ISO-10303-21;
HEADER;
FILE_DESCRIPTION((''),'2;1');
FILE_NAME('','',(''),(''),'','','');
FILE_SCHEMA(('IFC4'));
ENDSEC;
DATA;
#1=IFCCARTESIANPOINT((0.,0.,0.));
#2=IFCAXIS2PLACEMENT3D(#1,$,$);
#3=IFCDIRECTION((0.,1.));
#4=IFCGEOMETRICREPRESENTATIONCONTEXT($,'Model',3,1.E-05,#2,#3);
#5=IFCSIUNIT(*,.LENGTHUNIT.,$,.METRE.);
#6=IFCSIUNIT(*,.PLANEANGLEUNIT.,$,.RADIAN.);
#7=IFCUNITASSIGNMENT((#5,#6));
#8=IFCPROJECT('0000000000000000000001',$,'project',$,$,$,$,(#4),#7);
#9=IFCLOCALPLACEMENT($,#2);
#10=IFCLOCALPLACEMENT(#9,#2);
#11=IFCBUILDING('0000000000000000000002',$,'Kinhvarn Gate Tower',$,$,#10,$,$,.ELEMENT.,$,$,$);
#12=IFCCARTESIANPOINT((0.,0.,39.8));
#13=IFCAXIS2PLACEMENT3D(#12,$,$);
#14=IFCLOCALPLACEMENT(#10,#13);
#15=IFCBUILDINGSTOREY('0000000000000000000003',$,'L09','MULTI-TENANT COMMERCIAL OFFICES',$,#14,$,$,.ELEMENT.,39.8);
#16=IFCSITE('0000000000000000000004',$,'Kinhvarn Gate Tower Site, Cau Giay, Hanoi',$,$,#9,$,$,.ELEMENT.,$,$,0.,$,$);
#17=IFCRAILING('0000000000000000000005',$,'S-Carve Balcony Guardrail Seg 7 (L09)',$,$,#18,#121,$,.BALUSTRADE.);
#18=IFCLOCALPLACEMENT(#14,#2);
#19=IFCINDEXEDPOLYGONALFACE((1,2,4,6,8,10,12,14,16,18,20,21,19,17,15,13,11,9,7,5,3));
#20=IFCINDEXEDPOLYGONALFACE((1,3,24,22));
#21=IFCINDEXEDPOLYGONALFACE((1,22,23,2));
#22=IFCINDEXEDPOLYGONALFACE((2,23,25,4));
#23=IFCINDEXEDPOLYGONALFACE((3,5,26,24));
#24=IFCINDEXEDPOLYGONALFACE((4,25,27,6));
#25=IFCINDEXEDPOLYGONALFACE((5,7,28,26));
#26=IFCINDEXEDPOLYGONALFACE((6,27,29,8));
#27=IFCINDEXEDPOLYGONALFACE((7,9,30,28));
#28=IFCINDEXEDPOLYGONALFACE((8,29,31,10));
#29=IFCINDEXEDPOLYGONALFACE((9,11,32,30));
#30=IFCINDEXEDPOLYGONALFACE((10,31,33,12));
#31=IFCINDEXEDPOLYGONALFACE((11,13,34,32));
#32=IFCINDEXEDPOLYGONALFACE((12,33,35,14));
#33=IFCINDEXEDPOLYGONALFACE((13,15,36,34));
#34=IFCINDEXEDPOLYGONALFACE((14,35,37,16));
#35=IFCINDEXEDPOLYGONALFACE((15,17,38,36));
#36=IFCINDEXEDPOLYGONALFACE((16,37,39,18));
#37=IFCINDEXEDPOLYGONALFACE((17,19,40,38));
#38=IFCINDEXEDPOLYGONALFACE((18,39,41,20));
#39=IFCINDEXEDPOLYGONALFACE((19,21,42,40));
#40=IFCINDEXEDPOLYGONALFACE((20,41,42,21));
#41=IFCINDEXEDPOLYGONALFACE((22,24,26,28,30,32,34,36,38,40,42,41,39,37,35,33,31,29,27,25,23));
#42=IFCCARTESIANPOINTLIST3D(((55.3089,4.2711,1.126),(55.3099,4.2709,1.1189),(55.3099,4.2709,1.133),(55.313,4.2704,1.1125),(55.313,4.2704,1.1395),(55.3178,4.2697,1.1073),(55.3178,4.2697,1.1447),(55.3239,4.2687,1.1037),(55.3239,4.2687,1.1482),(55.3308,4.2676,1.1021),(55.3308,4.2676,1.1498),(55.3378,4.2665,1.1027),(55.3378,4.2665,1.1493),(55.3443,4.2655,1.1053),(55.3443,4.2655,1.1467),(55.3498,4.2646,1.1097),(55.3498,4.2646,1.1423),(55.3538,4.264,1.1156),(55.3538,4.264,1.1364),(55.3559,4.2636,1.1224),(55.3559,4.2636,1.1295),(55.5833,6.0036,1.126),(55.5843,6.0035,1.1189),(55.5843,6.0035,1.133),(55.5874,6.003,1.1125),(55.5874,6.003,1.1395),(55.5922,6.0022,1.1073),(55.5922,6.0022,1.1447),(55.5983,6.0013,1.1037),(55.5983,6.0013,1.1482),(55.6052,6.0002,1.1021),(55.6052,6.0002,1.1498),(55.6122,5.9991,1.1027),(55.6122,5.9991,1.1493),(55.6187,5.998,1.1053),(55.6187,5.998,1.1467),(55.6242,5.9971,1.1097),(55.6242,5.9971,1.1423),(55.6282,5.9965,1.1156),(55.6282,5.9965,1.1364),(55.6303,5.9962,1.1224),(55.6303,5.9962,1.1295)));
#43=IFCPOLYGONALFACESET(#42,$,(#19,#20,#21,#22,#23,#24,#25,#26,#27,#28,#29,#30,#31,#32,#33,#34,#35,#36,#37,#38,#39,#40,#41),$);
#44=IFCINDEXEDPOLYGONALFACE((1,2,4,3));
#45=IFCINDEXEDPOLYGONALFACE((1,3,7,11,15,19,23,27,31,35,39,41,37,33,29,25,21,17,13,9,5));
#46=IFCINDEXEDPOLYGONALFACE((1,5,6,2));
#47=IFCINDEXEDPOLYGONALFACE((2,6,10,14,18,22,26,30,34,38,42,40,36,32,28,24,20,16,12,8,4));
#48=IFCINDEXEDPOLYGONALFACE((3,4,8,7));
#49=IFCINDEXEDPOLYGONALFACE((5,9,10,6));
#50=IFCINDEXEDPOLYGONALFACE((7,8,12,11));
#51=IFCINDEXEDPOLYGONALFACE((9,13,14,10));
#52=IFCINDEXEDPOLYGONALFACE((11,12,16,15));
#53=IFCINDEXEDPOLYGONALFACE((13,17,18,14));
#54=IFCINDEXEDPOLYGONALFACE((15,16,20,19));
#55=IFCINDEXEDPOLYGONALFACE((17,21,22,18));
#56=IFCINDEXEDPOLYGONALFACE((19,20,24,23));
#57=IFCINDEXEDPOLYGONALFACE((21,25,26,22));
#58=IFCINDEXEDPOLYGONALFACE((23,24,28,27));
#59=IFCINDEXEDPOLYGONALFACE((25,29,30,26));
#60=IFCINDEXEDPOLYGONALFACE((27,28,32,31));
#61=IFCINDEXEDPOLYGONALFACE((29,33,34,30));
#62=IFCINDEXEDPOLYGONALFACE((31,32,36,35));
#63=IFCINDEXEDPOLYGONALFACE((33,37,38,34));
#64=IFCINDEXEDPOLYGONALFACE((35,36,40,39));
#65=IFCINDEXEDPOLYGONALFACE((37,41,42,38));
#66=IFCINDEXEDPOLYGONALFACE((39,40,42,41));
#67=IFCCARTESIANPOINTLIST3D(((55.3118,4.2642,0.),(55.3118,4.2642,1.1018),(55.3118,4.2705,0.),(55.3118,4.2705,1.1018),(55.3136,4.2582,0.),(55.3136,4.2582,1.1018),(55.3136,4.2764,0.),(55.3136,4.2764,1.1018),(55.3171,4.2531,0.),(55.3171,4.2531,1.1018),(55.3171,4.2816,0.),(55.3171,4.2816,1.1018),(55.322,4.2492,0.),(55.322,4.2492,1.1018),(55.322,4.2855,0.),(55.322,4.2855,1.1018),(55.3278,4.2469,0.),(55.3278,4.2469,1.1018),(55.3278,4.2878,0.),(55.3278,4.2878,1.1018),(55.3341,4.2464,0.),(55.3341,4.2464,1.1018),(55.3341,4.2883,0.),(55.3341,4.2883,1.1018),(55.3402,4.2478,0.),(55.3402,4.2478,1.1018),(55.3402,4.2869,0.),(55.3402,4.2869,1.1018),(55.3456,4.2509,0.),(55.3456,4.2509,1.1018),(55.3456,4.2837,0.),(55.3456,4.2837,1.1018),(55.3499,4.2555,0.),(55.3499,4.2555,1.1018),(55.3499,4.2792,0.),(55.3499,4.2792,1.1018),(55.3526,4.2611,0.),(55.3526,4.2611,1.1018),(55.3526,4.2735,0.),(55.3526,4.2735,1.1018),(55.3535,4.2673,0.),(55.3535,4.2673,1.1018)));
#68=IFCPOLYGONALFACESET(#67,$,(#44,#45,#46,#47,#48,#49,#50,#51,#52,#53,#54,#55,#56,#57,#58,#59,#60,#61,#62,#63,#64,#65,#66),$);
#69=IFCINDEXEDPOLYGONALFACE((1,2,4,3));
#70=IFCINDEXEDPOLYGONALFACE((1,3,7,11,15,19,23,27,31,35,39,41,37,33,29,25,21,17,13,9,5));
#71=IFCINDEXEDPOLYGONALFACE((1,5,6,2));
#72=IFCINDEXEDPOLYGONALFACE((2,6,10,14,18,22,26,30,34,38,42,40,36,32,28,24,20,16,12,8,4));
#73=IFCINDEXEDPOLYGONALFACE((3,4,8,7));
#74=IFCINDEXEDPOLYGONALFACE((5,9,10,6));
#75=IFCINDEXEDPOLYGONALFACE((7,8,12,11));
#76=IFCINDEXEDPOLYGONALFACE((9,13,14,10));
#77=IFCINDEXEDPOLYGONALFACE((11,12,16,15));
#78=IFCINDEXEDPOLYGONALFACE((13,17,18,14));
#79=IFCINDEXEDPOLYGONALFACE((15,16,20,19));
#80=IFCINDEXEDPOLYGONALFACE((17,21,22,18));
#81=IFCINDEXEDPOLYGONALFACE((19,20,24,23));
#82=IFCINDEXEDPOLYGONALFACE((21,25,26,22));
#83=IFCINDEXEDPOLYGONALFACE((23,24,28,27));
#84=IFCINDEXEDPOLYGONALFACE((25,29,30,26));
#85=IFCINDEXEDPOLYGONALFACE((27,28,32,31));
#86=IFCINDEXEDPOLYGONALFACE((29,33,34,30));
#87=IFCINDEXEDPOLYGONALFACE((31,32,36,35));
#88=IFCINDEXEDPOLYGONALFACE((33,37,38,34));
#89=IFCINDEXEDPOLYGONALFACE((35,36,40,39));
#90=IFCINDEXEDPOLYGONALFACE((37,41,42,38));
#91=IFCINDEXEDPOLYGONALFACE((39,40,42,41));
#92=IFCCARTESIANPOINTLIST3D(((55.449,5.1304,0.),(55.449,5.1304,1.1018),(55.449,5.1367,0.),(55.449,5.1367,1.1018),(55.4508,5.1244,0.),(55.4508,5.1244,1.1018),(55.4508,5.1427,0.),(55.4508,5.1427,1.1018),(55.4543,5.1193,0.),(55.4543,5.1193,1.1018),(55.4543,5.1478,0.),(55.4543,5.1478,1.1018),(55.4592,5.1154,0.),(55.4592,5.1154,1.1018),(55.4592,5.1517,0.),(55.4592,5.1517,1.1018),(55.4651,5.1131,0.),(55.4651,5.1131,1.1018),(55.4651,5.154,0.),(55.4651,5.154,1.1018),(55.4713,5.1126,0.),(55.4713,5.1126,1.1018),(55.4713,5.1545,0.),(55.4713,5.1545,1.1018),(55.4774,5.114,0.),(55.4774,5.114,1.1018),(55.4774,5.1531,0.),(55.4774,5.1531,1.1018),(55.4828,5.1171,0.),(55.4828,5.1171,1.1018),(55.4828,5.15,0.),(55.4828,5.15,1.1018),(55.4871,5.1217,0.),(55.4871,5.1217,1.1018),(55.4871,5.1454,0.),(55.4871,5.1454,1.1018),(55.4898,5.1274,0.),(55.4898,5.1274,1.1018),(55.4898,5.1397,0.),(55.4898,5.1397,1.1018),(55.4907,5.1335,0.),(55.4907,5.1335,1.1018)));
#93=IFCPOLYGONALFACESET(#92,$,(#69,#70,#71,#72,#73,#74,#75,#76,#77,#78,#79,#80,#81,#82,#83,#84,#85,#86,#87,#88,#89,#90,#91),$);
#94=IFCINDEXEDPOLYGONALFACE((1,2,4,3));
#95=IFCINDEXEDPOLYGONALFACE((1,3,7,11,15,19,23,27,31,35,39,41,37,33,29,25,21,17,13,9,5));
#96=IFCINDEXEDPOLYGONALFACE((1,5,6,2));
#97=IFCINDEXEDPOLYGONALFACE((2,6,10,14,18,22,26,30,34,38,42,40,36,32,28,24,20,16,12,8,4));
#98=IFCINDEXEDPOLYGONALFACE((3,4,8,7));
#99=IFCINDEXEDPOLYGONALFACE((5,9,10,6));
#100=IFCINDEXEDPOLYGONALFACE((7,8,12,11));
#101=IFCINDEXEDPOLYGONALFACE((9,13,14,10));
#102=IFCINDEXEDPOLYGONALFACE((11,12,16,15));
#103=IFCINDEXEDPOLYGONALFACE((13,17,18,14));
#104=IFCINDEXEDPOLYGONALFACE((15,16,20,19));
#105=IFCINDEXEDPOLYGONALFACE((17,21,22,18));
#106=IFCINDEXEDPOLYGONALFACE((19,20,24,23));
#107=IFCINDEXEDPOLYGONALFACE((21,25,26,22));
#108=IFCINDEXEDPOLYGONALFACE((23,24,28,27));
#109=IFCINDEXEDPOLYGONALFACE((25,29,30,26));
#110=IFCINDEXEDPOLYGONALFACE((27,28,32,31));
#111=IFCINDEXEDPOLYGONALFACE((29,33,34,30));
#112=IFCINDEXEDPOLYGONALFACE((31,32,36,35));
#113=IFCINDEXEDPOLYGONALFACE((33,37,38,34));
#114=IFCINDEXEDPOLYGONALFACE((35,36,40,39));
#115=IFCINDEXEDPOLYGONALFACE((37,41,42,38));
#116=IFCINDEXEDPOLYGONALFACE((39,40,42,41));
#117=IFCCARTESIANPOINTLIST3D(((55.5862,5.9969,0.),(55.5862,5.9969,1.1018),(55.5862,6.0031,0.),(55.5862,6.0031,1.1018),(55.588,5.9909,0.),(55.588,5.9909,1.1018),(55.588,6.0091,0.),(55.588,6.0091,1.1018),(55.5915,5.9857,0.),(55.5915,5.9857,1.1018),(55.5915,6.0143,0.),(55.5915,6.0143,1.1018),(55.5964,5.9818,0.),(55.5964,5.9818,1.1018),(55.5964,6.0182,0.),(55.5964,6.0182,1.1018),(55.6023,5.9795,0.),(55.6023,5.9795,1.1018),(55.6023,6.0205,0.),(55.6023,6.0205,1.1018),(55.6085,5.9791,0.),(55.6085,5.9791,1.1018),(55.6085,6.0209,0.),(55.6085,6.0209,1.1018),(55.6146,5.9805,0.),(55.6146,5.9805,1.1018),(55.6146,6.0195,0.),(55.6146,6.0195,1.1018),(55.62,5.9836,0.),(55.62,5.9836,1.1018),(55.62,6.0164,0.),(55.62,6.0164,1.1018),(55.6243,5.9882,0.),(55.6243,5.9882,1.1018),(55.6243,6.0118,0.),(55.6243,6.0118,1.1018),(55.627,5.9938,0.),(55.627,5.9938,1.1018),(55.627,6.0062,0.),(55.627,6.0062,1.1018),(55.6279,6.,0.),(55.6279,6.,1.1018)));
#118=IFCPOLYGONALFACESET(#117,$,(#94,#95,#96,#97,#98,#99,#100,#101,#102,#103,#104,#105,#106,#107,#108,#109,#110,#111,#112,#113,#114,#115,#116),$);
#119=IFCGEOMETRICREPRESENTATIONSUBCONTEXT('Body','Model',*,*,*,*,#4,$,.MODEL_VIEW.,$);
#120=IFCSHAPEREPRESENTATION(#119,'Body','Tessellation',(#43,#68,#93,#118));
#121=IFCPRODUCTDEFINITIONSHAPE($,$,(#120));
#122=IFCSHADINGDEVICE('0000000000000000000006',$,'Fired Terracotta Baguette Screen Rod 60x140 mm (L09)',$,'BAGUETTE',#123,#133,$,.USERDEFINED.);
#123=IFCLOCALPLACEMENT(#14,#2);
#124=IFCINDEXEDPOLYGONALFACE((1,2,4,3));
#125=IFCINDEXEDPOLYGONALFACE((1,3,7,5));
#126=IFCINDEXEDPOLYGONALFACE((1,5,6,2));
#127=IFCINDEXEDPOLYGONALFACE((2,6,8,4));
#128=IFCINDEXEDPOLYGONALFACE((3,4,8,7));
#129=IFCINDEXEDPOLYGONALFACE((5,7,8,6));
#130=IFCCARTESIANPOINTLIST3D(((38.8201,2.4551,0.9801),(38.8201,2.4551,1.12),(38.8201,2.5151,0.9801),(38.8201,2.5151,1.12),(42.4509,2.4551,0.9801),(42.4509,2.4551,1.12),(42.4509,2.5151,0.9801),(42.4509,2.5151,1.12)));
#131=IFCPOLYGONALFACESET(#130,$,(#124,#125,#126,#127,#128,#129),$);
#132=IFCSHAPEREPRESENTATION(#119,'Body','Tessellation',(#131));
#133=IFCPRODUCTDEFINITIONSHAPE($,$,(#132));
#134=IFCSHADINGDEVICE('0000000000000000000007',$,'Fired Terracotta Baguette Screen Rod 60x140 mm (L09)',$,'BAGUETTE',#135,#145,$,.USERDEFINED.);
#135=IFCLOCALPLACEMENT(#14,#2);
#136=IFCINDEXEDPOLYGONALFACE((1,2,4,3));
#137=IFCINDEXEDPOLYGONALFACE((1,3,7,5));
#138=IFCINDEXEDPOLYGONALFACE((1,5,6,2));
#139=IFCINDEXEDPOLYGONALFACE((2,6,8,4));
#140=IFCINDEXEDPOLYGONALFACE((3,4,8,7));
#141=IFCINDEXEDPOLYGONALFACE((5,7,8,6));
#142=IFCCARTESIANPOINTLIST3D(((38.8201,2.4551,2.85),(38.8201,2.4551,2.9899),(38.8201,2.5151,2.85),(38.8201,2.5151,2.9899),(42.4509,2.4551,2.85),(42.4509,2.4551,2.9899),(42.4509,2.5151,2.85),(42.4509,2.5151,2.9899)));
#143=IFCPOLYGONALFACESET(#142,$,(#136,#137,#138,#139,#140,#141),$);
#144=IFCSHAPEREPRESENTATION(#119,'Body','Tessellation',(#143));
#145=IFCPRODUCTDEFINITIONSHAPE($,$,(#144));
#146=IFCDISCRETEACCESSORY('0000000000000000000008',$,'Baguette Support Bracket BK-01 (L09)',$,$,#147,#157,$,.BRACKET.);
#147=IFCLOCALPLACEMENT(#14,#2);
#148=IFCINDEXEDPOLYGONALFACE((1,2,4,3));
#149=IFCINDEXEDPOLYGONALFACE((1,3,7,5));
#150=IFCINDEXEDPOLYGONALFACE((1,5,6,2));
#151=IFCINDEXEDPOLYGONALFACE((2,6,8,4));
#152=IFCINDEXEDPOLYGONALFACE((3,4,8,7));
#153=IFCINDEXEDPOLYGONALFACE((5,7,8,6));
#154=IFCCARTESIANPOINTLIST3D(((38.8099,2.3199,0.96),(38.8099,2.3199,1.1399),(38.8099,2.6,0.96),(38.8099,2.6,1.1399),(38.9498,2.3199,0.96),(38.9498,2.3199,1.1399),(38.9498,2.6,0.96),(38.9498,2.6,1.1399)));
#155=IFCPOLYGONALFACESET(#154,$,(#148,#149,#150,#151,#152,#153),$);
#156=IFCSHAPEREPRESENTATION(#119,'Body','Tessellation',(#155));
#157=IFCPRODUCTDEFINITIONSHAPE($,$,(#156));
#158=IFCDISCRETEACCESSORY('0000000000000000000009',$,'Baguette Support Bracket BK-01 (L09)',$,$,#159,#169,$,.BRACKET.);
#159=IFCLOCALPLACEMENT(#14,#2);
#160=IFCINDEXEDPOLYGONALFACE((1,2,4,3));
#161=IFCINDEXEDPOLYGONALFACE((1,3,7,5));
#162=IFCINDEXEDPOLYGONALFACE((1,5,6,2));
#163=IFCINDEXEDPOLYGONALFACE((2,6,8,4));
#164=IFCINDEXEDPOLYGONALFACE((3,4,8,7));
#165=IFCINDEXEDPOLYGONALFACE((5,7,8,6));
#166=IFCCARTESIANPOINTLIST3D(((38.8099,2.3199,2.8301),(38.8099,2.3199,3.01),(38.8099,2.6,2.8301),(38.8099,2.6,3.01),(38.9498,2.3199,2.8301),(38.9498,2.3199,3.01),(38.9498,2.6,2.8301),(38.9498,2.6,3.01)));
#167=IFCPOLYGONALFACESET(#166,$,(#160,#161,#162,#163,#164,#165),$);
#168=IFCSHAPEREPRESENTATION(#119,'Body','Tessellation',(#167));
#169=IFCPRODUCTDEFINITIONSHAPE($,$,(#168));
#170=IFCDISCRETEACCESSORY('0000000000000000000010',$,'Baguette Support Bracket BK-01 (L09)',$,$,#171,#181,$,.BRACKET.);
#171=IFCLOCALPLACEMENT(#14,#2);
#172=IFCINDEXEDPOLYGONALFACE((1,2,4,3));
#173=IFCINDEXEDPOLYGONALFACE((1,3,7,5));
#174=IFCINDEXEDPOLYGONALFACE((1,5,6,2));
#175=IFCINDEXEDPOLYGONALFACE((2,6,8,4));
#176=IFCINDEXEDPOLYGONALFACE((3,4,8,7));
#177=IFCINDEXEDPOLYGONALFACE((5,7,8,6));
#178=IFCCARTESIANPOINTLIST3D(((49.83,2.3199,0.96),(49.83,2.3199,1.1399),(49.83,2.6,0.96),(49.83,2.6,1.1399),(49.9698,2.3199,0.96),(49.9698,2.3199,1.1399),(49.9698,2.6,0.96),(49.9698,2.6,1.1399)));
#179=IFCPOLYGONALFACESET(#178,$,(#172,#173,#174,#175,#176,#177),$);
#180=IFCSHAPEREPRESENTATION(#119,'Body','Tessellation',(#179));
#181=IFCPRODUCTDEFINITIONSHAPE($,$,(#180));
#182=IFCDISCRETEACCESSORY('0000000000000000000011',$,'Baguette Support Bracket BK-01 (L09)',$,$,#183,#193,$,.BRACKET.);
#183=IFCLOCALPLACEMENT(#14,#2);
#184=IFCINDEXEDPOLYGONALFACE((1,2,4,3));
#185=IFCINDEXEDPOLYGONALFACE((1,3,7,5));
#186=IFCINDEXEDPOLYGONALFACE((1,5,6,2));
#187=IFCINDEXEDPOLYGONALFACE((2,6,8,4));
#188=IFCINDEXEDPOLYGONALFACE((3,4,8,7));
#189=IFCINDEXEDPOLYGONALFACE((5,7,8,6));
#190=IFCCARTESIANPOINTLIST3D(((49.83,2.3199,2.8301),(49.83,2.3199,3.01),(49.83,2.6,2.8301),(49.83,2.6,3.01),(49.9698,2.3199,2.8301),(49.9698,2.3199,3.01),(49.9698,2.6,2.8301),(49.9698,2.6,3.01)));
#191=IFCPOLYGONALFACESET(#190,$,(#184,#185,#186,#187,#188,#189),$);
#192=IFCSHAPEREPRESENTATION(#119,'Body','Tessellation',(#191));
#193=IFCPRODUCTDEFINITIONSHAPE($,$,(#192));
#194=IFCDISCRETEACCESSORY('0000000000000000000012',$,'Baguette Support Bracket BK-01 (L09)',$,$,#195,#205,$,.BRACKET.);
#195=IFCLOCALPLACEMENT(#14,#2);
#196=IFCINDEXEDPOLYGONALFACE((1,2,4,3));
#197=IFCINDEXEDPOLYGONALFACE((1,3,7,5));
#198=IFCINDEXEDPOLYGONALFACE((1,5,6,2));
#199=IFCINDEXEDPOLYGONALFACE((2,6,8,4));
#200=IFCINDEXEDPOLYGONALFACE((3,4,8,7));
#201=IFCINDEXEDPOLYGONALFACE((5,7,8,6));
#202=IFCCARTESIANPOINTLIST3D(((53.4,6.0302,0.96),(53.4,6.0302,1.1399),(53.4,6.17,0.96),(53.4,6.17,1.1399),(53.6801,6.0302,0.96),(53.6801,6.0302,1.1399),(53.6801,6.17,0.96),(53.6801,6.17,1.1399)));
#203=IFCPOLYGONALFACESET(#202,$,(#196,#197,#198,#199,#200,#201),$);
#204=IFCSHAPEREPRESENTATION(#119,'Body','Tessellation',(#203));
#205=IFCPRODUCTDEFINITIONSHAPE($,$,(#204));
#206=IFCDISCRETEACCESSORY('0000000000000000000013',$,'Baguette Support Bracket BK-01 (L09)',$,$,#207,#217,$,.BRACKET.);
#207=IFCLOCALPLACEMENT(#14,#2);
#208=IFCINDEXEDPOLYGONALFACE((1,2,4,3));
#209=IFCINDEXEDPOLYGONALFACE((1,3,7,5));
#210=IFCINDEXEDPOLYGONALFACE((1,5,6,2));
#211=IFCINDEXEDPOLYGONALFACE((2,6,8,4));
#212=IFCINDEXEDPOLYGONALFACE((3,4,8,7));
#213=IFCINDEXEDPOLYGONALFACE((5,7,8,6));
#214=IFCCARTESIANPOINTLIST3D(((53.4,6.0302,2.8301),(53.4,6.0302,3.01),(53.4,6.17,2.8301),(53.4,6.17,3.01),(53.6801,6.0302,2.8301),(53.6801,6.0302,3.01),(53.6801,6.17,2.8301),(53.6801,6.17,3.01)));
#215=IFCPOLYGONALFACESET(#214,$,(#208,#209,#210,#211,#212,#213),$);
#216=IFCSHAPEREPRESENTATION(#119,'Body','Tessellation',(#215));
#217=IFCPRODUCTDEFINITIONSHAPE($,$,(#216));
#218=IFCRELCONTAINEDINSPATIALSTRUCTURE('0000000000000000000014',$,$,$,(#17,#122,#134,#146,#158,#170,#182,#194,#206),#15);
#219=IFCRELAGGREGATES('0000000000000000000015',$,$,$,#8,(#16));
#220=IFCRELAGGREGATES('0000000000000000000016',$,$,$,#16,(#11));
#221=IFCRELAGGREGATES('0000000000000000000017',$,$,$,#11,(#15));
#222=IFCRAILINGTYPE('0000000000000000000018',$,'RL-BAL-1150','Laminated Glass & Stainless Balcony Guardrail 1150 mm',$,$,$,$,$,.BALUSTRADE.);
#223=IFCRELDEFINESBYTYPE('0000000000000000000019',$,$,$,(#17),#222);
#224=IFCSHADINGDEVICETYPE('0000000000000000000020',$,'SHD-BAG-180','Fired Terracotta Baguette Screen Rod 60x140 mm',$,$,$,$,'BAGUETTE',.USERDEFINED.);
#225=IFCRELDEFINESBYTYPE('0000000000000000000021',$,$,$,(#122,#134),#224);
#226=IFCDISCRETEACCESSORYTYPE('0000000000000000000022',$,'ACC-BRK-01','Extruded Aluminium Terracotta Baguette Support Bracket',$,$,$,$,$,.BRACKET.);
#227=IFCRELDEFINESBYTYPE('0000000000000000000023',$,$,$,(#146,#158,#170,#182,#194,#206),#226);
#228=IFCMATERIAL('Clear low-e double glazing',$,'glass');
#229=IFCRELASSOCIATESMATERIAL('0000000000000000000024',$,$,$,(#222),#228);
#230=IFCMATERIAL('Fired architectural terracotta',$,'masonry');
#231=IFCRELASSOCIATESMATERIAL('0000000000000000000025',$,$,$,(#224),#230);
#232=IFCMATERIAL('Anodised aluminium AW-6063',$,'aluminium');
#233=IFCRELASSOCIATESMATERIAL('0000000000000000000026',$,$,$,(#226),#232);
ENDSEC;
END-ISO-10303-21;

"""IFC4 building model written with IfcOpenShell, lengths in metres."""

from ifc_helpers import new_model, si_unit, direction, frame, origin, origin_2d, place, context, subcontext, project, spatial, rectangle, circle, extrude, material, material_profile, profile_set, type_object, element, save


model = new_model("IFC4")

# Units and contexts
model_context = context("Model", 3, precision=1e-05, world=origin(), true_north=direction((0.0, 1.0)))
body_context = subcontext(model_context, "Body", "Model", "MODEL_VIEW")
ifc_project = project(units=[si_unit("LENGTHUNIT", "METRE"), si_unit("PLANEANGLEUNIT", "RADIAN")], contexts=[model_context])

# Site, building, storey
site_placement = place(None, origin())
site = spatial("IfcSite", under=ifc_project, at=site_placement, Name="Kinhvarn Gate Tower Site, Cau Giay, Hanoi", CompositionType="ELEMENT", RefElevation=0.0)
building_placement = place(site_placement, origin())
building = spatial("IfcBuilding", under=site, at=building_placement, Name="Kinhvarn Gate Tower", CompositionType="ELEMENT")
storey_placement = place(building_placement, frame((0.0, 0.0, 39.8)))
storey = spatial("IfcBuildingStorey", under=building, at=storey_placement, Name="L09", Description="MULTI-TENANT COMMERCIAL OFFICES", CompositionType="ELEMENT", Elevation=39.8)

# Shared definitions
ifc_material_1 = material(Name="Anodised aluminium AW-6063", Category="aluminium")

# Shared definitions
ifc_material_2 = material(Name="Clear low-e double glazing", Category="glass")

# Shared definitions
ifc_material_3 = material(Name="Fired architectural terracotta", Category="masonry")

# Railing
railing_type = type_object("IfcRailingType", Name="RL-BAL-1150", Description="Laminated Glass & Stainless Balcony Guardrail 1150 mm", PredefinedType="BALUSTRADE", material=ifc_material_2)
railing_1_placement = place(storey_placement, frame((55.3325, 4.2673, 0.0)))
element("IfcRailing", 1, at=railing_1_placement, inside=storey, type_object=railing_type, Name="S-Carve Balcony Guardrail Seg 7 (L09)", PredefinedType="BALUSTRADE", context=body_context, shape_type="SweptSolid", body=[
    extrude(circle(Radius=0.0239, at=origin_2d()), frame((0.0, 0.0, 1.126), z_axis=(0.156427, 0.98769, 0.0), x_axis=(-0.98769, 0.156427, 0.0)), (0.0, 0.0, 1.0), 1.7542),
    extrude(circle(Radius=0.021, at=origin_2d()), origin(), (0.0, 0.0, 1.0), 1.1018),
    extrude(circle(Radius=0.021, at=origin_2d()), frame((0.1372, 0.8662, 0.0)), (0.0, 0.0, 1.0), 1.1018),
    extrude(circle(Radius=0.021, at=origin_2d()), frame((0.2744, 1.7327, 0.0)), (0.0, 0.0, 1.0), 1.1018),
])

# Shading devices
ifc_material_profile_1 = material_profile(ifc_material_3, rectangle(XDim=0.0601, YDim=0.1399, at=origin_2d()), Name="TC 60x140")
ifc_profile_set_1 = profile_set([ifc_material_profile_1], Name="Fired architectural terracotta")
shading_device_type = type_object("IfcShadingDeviceType", Name="SHD-BAG-180", Description="Fired Terracotta Baguette Screen Rod 60x140 mm", ElementType="BAGUETTE", PredefinedType="USERDEFINED", material=ifc_profile_set_1)
for number, where, z_axis, x_axis, name in (
    (2, (38.8201, 2.4851, 1.05), (1.0, 0.0, 0.0), (0.0, 1.0, 0.0), "Fired Terracotta Baguette Screen Rod 60x140 mm (L09)"),
    (3, (38.8201, 2.4851, 2.9199), (1.0, 0.0, 0.0), (0.0, 1.0, 0.0), "Fired Terracotta Baguette Screen Rod 60x140 mm (L09)"),
):
    element("IfcShadingDevice", number, at=place(storey_placement, frame(where, z_axis=z_axis, x_axis=x_axis)), inside=storey, type_object=shading_device_type, Name=name, ObjectType="BAGUETTE", PredefinedType="USERDEFINED", context=body_context, shape_type="SweptSolid", body=[
        extrude(rectangle(XDim=0.0601, YDim=0.1399, at=origin_2d()), origin(), (0.0, 0.0, 1.0), 3.6309),
    ])

# Discrete accessories
discrete_accessory_type = type_object("IfcDiscreteAccessoryType", Name="ACC-BRK-01", Description="Extruded Aluminium Terracotta Baguette Support Bracket", PredefinedType="BRACKET", material=ifc_material_1)
for number, where, z_axis, x_axis, name in (
    (4, (38.8799, 2.46, 0.96), (0.0, 0.0, 1.0), (1.0, 0.0, 0.0), "Baguette Support Bracket BK-01 (L09)"),
    (5, (38.8799, 2.46, 2.8301), (0.0, 0.0, 1.0), (1.0, 0.0, 0.0), "Baguette Support Bracket BK-01 (L09)"),
    (6, (49.8999, 2.46, 0.96), (0.0, 0.0, 1.0), (1.0, 0.0, 0.0), "Baguette Support Bracket BK-01 (L09)"),
    (7, (49.8999, 2.46, 2.8301), (0.0, 0.0, 1.0), (1.0, 0.0, 0.0), "Baguette Support Bracket BK-01 (L09)"),
    (8, (53.54, 6.1001, 0.96), (0.0, 0.0, 1.0), (0.0, 1.0, 0.0), "Baguette Support Bracket BK-01 (L09)"),
    (9, (53.54, 6.1001, 2.8301), (0.0, 0.0, 1.0), (0.0, 1.0, 0.0), "Baguette Support Bracket BK-01 (L09)"),
):
    element("IfcDiscreteAccessory", number, at=place(storey_placement, frame(where, z_axis=z_axis, x_axis=x_axis)), inside=storey, type_object=discrete_accessory_type, Name=name, PredefinedType="BRACKET", context=body_context, shape_type="SweptSolid", body=[
        extrude(rectangle(XDim=0.1399, YDim=0.28, at=origin_2d()), origin(), (0.0, 0.0, 1.0), 0.1799),
    ])

save(model, "model.ifc")
